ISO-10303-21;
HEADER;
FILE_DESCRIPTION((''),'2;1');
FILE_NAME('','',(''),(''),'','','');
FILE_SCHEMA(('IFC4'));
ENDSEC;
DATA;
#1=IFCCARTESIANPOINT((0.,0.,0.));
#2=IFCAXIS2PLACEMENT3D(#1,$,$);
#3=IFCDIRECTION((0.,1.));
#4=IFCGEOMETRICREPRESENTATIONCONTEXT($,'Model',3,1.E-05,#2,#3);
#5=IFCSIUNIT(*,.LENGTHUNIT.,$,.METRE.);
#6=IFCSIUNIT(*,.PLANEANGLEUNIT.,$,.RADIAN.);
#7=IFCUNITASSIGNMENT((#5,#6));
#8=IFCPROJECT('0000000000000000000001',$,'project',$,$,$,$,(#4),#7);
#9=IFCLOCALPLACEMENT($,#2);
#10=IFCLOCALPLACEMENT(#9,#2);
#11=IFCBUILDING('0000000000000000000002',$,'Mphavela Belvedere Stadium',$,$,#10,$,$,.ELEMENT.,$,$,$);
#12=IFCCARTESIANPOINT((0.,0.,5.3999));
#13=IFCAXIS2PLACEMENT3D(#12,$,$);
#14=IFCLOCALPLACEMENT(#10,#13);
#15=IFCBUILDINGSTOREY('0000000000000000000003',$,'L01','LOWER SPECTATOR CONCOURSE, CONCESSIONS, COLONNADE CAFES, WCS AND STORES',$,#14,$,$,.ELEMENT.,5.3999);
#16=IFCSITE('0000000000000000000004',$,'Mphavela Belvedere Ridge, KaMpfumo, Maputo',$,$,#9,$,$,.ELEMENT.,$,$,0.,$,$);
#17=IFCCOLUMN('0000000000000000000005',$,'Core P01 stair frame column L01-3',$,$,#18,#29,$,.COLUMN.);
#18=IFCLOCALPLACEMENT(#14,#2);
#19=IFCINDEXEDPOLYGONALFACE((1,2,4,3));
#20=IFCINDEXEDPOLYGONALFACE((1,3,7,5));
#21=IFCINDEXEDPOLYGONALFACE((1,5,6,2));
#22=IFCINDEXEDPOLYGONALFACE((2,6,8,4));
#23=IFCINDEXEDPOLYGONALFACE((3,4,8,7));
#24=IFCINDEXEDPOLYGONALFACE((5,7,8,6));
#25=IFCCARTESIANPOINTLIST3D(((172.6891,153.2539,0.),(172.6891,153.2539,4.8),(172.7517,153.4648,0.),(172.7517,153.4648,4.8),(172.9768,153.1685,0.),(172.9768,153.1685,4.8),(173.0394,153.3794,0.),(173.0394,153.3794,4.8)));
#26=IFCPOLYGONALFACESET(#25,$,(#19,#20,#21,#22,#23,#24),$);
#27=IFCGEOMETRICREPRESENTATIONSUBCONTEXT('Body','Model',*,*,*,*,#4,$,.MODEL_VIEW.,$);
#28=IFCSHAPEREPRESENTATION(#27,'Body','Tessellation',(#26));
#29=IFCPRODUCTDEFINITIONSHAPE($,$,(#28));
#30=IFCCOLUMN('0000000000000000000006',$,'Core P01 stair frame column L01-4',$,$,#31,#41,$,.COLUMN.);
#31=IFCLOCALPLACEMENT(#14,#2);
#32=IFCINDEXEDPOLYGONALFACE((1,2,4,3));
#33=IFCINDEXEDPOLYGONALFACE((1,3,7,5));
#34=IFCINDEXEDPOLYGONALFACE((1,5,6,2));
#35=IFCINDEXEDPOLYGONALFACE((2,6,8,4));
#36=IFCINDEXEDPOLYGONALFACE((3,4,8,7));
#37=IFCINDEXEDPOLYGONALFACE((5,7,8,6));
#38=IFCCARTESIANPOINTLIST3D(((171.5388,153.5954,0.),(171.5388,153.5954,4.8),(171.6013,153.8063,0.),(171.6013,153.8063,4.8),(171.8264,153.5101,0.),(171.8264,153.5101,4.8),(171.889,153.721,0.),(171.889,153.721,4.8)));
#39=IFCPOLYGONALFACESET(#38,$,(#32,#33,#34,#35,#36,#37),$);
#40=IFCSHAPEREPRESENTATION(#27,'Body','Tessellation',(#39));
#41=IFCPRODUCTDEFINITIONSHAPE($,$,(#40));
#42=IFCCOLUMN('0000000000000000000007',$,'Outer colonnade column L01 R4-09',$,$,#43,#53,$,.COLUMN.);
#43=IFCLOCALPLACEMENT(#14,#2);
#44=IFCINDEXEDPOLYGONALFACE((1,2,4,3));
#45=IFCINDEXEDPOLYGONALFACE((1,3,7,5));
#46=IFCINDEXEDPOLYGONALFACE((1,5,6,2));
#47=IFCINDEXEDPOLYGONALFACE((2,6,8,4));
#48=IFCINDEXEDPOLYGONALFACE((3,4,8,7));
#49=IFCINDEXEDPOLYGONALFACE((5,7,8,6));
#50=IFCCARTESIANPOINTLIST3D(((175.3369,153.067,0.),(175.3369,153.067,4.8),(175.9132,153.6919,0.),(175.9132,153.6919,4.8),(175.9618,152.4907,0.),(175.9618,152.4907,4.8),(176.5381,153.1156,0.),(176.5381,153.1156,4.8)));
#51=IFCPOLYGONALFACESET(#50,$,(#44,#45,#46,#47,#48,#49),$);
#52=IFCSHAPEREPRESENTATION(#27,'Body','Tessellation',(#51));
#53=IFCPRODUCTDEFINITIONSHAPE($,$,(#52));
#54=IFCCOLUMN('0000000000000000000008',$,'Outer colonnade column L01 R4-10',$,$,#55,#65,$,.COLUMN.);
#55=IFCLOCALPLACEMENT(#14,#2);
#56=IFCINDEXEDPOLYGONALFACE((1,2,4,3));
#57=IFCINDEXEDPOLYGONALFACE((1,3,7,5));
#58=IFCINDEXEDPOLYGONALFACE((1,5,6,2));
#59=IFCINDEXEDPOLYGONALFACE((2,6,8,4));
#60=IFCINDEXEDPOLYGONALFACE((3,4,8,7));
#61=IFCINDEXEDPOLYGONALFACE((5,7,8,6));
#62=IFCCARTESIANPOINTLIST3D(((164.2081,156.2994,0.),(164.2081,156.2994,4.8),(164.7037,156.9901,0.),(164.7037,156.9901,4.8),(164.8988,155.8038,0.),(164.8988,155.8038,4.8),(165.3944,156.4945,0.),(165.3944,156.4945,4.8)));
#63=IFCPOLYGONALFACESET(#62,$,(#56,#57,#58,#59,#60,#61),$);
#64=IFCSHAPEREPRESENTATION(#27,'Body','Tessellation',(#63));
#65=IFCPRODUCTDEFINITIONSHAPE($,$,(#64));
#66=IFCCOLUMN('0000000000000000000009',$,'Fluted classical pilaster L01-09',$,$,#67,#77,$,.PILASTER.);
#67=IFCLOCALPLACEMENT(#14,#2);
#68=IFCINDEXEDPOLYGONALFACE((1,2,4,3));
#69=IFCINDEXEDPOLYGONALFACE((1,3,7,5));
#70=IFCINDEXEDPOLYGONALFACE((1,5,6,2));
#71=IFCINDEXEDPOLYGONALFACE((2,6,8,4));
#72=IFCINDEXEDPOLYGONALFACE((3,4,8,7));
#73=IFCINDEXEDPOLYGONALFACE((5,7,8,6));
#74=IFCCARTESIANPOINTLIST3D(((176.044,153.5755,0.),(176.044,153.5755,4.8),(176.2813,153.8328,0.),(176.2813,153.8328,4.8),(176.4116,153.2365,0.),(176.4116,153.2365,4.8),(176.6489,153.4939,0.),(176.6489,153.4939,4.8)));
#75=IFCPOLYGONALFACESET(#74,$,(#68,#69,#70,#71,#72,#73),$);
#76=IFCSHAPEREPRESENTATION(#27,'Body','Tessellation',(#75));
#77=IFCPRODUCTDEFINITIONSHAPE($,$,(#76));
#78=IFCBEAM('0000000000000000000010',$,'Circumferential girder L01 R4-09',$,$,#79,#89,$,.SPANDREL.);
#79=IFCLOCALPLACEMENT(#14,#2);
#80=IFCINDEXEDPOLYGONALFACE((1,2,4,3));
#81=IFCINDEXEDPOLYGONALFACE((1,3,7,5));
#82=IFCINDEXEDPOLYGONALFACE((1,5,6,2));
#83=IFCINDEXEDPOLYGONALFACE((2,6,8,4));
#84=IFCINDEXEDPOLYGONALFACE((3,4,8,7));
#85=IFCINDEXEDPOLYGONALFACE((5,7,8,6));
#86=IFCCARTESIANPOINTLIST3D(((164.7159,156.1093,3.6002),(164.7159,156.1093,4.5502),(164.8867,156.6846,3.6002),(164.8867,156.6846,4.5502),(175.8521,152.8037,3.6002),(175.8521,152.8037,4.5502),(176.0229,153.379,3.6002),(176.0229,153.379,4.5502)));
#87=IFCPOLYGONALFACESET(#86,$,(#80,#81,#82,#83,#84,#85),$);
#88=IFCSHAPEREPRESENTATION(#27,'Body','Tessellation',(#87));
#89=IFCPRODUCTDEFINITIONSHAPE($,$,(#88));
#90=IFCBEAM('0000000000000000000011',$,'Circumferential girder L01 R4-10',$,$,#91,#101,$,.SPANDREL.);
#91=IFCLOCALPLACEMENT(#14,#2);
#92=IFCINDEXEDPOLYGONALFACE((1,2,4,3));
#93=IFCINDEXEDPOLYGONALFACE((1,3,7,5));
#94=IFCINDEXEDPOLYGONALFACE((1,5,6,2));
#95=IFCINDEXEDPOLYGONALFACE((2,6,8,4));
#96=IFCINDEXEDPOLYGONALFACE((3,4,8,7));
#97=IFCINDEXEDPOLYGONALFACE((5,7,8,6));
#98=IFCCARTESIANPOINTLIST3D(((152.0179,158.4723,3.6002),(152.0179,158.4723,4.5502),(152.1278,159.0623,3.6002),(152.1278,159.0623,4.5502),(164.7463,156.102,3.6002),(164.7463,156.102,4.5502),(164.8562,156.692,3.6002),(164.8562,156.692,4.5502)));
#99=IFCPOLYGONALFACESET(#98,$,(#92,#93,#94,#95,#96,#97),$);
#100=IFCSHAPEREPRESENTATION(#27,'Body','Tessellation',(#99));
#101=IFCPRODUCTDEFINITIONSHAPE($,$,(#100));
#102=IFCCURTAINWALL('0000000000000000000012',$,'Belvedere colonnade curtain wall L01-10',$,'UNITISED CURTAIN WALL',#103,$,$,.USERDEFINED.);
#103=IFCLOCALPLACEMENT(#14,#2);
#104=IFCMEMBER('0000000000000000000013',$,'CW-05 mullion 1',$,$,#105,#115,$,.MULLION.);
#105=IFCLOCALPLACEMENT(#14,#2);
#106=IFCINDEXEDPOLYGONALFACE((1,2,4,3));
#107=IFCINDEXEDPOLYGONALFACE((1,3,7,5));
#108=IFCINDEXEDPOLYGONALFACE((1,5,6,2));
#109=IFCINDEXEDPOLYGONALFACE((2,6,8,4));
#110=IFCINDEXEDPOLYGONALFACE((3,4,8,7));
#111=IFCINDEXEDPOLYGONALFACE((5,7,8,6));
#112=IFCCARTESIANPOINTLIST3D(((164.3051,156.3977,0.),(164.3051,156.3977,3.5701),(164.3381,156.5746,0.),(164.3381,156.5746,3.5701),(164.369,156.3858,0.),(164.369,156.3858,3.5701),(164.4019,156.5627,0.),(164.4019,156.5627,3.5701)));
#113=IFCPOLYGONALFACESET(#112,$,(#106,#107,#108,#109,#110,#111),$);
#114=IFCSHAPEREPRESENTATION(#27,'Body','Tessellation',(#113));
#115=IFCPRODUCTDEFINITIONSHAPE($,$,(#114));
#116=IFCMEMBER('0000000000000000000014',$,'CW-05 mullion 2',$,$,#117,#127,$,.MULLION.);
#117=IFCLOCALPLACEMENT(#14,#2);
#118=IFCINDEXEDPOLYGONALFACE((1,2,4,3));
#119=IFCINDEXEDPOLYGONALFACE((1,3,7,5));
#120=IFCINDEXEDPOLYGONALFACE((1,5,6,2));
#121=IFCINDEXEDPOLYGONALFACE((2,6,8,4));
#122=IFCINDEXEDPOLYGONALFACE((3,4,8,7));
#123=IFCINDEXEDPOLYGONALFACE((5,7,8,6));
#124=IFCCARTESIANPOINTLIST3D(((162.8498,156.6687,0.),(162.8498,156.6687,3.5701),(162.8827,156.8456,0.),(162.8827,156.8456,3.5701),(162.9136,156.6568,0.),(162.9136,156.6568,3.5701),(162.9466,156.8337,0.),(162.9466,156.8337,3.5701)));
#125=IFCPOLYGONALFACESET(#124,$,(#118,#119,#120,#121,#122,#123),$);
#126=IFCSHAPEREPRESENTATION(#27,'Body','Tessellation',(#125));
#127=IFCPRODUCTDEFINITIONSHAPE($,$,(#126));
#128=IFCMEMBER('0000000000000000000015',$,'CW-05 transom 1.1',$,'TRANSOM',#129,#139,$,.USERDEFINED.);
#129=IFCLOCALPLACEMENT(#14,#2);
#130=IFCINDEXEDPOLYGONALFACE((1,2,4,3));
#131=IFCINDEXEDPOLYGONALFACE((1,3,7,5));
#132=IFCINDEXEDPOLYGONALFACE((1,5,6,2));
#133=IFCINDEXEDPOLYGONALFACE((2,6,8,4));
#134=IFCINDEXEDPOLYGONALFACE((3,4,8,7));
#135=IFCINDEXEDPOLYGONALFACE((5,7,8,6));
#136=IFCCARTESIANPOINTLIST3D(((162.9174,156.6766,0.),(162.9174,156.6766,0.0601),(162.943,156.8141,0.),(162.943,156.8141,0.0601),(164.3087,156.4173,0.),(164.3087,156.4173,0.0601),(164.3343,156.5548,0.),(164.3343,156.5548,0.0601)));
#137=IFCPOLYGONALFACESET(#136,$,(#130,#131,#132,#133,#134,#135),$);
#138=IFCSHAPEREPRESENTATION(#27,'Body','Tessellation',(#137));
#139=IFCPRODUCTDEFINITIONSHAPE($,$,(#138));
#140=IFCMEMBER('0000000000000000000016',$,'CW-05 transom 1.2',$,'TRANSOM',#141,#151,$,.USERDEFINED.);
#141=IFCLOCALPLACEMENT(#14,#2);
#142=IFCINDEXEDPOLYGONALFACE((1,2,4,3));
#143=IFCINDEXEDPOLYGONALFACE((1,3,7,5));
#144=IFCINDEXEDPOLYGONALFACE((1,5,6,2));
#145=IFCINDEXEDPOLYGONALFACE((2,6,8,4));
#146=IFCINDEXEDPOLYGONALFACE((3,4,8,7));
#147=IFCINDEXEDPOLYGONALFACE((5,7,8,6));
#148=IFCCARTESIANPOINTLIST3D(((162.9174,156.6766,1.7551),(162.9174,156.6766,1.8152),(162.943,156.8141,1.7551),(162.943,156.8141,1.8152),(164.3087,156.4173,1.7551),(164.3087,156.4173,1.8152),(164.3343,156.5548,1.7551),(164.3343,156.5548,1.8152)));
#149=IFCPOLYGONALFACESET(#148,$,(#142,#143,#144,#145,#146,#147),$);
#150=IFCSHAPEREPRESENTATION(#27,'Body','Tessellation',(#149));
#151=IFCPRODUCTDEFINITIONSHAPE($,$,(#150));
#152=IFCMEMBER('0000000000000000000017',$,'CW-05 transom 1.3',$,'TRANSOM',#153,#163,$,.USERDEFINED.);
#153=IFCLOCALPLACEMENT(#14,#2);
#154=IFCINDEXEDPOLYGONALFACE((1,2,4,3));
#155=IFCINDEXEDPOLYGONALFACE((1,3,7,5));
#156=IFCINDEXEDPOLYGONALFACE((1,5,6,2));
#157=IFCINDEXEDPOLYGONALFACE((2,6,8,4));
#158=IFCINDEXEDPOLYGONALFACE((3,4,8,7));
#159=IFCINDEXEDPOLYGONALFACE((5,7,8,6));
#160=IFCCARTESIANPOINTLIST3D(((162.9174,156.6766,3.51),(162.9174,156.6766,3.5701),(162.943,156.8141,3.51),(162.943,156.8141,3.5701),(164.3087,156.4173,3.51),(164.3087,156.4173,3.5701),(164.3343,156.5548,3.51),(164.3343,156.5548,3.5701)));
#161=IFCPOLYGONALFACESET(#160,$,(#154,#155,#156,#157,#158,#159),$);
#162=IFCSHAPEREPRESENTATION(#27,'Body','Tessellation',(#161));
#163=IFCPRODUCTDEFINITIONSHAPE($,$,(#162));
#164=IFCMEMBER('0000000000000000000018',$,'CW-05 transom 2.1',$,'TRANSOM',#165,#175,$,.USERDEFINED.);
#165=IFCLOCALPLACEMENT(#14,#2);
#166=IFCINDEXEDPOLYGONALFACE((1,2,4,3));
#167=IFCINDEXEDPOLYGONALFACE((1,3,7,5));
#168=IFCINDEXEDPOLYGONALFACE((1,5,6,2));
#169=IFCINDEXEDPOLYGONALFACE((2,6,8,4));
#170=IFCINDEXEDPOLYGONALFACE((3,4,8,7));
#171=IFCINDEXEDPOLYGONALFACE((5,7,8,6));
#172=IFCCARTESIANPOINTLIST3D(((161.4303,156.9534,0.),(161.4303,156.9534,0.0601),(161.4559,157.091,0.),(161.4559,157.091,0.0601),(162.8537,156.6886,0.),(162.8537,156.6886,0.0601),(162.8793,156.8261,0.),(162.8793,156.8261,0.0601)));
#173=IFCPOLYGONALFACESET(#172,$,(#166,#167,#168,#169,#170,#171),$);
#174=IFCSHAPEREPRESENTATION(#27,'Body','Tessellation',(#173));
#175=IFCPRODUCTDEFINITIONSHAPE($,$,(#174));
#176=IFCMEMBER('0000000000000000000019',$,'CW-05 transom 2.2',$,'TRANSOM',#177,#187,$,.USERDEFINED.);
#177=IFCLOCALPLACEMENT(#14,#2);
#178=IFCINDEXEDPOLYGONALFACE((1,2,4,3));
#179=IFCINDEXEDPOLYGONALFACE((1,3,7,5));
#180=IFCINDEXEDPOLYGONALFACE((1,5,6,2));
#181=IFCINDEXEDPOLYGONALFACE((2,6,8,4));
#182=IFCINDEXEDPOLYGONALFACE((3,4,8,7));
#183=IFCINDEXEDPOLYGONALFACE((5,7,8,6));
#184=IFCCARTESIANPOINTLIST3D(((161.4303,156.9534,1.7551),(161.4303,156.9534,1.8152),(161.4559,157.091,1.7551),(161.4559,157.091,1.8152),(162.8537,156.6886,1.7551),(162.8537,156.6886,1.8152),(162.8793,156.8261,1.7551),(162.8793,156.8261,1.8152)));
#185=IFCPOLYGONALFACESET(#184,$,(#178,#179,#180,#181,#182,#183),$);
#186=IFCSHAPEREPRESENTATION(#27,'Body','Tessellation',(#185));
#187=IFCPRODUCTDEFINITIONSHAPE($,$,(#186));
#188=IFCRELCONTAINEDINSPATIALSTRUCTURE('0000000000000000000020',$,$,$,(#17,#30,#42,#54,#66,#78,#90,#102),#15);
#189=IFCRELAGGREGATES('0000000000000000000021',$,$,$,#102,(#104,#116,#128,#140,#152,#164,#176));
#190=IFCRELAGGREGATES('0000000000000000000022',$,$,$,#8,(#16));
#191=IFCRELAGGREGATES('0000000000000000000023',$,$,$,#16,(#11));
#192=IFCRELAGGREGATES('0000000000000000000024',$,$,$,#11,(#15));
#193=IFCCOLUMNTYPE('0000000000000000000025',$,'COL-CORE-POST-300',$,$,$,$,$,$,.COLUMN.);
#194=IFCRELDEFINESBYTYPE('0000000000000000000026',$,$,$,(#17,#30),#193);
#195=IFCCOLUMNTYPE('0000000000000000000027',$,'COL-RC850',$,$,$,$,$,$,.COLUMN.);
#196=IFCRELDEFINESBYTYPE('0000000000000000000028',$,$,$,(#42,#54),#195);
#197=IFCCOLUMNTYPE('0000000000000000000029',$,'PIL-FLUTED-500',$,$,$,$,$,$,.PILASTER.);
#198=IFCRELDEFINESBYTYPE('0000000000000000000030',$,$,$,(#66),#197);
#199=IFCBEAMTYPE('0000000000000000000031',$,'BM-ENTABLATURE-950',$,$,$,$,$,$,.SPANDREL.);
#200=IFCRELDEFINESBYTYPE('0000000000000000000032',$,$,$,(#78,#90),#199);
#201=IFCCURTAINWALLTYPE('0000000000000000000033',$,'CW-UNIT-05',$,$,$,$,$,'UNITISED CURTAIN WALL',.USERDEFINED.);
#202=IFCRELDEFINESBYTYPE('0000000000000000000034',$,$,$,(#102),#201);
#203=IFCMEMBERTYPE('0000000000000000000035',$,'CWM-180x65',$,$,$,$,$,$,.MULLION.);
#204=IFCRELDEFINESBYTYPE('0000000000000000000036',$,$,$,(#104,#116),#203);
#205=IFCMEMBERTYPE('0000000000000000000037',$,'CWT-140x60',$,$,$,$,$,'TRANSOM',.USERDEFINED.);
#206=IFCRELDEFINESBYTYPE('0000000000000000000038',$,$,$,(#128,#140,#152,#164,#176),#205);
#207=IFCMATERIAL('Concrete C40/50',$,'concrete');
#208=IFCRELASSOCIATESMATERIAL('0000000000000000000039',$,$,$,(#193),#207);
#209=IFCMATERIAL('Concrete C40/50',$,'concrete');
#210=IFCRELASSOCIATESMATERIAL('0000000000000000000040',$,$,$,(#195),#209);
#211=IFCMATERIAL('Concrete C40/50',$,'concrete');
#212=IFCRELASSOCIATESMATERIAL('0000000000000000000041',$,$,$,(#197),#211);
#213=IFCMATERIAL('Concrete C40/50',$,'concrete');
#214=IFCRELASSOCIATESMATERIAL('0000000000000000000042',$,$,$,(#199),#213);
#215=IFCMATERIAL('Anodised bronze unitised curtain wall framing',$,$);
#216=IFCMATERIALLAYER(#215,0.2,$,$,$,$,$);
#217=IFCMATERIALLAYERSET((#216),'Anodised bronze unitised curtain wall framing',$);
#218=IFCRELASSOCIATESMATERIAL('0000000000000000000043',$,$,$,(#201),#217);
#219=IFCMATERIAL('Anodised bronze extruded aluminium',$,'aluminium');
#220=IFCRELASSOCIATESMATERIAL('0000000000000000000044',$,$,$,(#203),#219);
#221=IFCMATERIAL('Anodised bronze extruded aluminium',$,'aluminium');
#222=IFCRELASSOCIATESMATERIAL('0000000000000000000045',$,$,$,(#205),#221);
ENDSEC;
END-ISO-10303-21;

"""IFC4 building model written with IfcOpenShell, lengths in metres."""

from ifc_helpers import new_model, si_unit, direction, frame, origin, origin_2d, place, context, subcontext, project, spatial, rectangle, extrude, material, layer, layer_set, material_profile, profile_set, type_object, element, aggregate, save


model = new_model("IFC4")

# Units and contexts
model_context = context("Model", 3, precision=1e-05, world=origin(), true_north=direction((0.0, 1.0)))
body_context = subcontext(model_context, "Body", "Model", "MODEL_VIEW")
ifc_project = project(units=[si_unit("LENGTHUNIT", "METRE"), si_unit("PLANEANGLEUNIT", "RADIAN")], contexts=[model_context])

# Site, building, storey
site_placement = place(None, origin())
site = spatial("IfcSite", under=ifc_project, at=site_placement, Name="Mphavela Belvedere Ridge, KaMpfumo, Maputo", CompositionType="ELEMENT", RefElevation=0.0)
building_placement = place(site_placement, origin())
building = spatial("IfcBuilding", under=site, at=building_placement, Name="Mphavela Belvedere Stadium", CompositionType="ELEMENT")
storey_placement = place(building_placement, frame((0.0, 0.0, 5.3999)))
storey = spatial("IfcBuildingStorey", under=building, at=storey_placement, Name="L01", Description="LOWER SPECTATOR CONCOURSE, CONCESSIONS, COLONNADE CAFES, WCS AND STORES", CompositionType="ELEMENT", Elevation=5.3999)

# Columns
ifc_material_1 = material(Name="Concrete C40/50", Category="concrete")
ifc_material_profile_1 = material_profile(ifc_material_1, rectangle(XDim=0.3, YDim=0.22, at=origin_2d()), Name="RC 300x220")
ifc_profile_set_1 = profile_set([ifc_material_profile_1], Name="Concrete C40/50")
column_type_1 = type_object("IfcColumnType", Name="COL-CORE-POST-300", PredefinedType="COLUMN", material=ifc_profile_set_1)
for number, where, z_axis, x_axis, name in (
    (1, (172.8643, 153.3167, 0.0), (0.0, 0.0, 1.0), (0.958671, -0.284517, 0.0), "Core P01 stair frame column L01-3"),
    (2, (171.7139, 153.6582, 0.0), (0.0, 0.0, 1.0), (0.958671, -0.284517, 0.0), "Core P01 stair frame column L01-4"),
):
    element("IfcColumn", number, at=place(storey_placement, frame(where, z_axis=z_axis, x_axis=x_axis)), inside=storey, type_object=column_type_1, Name=name, PredefinedType="COLUMN", context=body_context, shape_type="SweptSolid", body=[
        extrude(rectangle(XDim=0.3, YDim=0.22, at=origin_2d()), origin(), (0.0, 0.0, 1.0), 4.8),
    ])
ifc_material_2 = material(Name="Concrete C40/50", Category="concrete")
ifc_material_profile_2 = material_profile(ifc_material_2, rectangle(XDim=0.8501, YDim=0.8501, at=origin_2d()), Name="RC 850x850")
ifc_profile_set_2 = profile_set([ifc_material_profile_2], Name="Concrete C40/50")
column_type_2 = type_object("IfcColumnType", Name="COL-RC850", PredefinedType="COLUMN", material=ifc_profile_set_2)
for number, where, z_axis, x_axis, name in (
    (3, (175.9375, 153.0913, 0.0), (0.0, 0.0, 1.0), (0.677903, 0.735151, 0.0), "Outer colonnade column L01 R4-09"),
    (4, (164.8013, 156.397, 0.0), (0.0, 0.0, 1.0), (0.582974, 0.812491, 0.0), "Outer colonnade column L01 R4-10"),
):
    element("IfcColumn", number, at=place(storey_placement, frame(where, z_axis=z_axis, x_axis=x_axis)), inside=storey, type_object=column_type_2, Name=name, PredefinedType="COLUMN", context=body_context, shape_type="SweptSolid", body=[
        extrude(rectangle(XDim=0.8501, YDim=0.8501, at=origin_2d()), origin(), (0.0, 0.0, 1.0), 4.8),
    ])
ifc_material_3 = material(Name="Concrete C40/50", Category="concrete")
ifc_material_profile_3 = material_profile(ifc_material_3, rectangle(XDim=0.5, YDim=0.3501, at=origin_2d()), Name="PIL 500x350")
ifc_profile_set_3 = profile_set([ifc_material_profile_3], Name="Concrete C40/50")
column_type_3 = type_object("IfcColumnType", Name="PIL-FLUTED-500", PredefinedType="PILASTER", material=ifc_profile_set_3)
column_placement = place(storey_placement, frame((176.3464, 153.5347, 0.0), z_axis=(0.0, 0.0, 1.0), x_axis=(-0.735151, 0.677903, 0.0)))
element("IfcColumn", 5, at=column_placement, inside=storey, type_object=column_type_3, Name="Fluted classical pilaster L01-09", PredefinedType="PILASTER", context=body_context, shape_type="SweptSolid", body=[
    extrude(rectangle(XDim=0.5, YDim=0.3501, at=origin_2d()), origin(), (0.0, 0.0, 1.0), 4.8),
])

# Beams
ifc_material_4 = material(Name="Concrete C40/50", Category="concrete")
ifc_material_profile_4 = material_profile(ifc_material_4, rectangle(XDim=0.6001, YDim=0.95, at=origin_2d()), Name="RC 600x950")
ifc_profile_set_4 = profile_set([ifc_material_profile_4], Name="Concrete C40/50")
beam_type = type_object("IfcBeamType", Name="BM-ENTABLATURE-950", PredefinedType="SPANDREL", material=ifc_profile_set_4)
beam_1_placement = place(storey_placement, frame((175.9375, 153.0913, 4.0752), z_axis=(-0.958656, 0.284566, 0.0), x_axis=(-0.284566, -0.958656, 0.0)))
element("IfcBeam", 6, at=beam_1_placement, inside=storey, type_object=beam_type, Name="Circumferential girder L01 R4-09", PredefinedType="SPANDREL", context=body_context, shape_type="SweptSolid", body=[
    extrude(rectangle(XDim=0.6001, YDim=0.95, at=origin_2d()), origin(), (0.0, 0.0, 1.0), 11.6165),
])
beam_2_placement = place(storey_placement, frame((164.8013, 156.397, 4.0752), z_axis=(-0.983099, 0.183077, 0.0), x_axis=(-0.183077, -0.983099, 0.0)))
element("IfcBeam", 7, at=beam_2_placement, inside=storey, type_object=beam_type, Name="Circumferential girder L01 R4-10", PredefinedType="SPANDREL", context=body_context, shape_type="SweptSolid", body=[
    extrude(rectangle(XDim=0.6001, YDim=0.95, at=origin_2d()), origin(), (0.0, 0.0, 1.0), 12.9473),
])

# Curtain wall, members
ifc_material_5 = material(Name="Anodised bronze unitised curtain wall framing")
ifc_layer_1 = layer(ifc_material_5, 0.2)
ifc_layer_set_1 = layer_set([ifc_layer_1], Name="Anodised bronze unitised curtain wall framing")
curtain_wall_type = type_object("IfcCurtainWallType", Name="CW-UNIT-05", ElementType="UNITISED CURTAIN WALL", PredefinedType="USERDEFINED", material=ifc_layer_set_1)
curtain_wall_placement = place(storey_placement, origin())
curtain_wall = element("IfcCurtainWall", 8, at=curtain_wall_placement, inside=storey, type_object=curtain_wall_type, Name="Belvedere colonnade curtain wall L01-10", ObjectType="UNITISED CURTAIN WALL", PredefinedType="USERDEFINED")
ifc_material_6 = material(Name="Anodised bronze extruded aluminium", Category="aluminium")
ifc_material_profile_5 = material_profile(ifc_material_6, rectangle(XDim=0.1799, YDim=0.0649, at=origin_2d()), Name="CW-MUL 180x65")
ifc_profile_set_5 = profile_set([ifc_material_profile_5], Name="Anodised bronze extruded aluminium")
member_type_1 = type_object("IfcMemberType", Name="CWM-180x65", PredefinedType="MULLION", material=ifc_profile_set_5)
member_1_placement = place(storey_placement, frame((164.3535, 156.4802, 0.0), z_axis=(0.0, 0.0, 1.0), x_axis=(-0.183095, -0.983095, 0.0)))
member_1 = element("IfcMember", 9, at=member_1_placement, type_object=member_type_1, Name="CW-05 mullion 1", PredefinedType="MULLION", context=body_context, shape_type="SweptSolid", body=[
    extrude(rectangle(XDim=0.1799, YDim=0.0649, at=origin_2d()), origin(), (0.0, 0.0, 1.0), 3.5701),
])
member_2_placement = place(storey_placement, frame((162.8982, 156.7512, 0.0), z_axis=(0.0, 0.0, 1.0), x_axis=(-0.183095, -0.983095, 0.0)))
member_2 = element("IfcMember", 10, at=member_2_placement, type_object=member_type_1, Name="CW-05 mullion 2", PredefinedType="MULLION", context=body_context, shape_type="SweptSolid", body=[
    extrude(rectangle(XDim=0.1799, YDim=0.0649, at=origin_2d()), origin(), (0.0, 0.0, 1.0), 3.5701),
])
ifc_material_7 = material(Name="Anodised bronze extruded aluminium", Category="aluminium")
ifc_material_profile_6 = material_profile(ifc_material_7, rectangle(XDim=0.1399, YDim=0.0601, at=origin_2d()), Name="CW-TRN 140x60")
ifc_profile_set_6 = profile_set([ifc_material_profile_6], Name="Anodised bronze extruded aluminium")
member_type_2 = type_object("IfcMemberType", Name="CWT-140x60", ElementType="TRANSOM", PredefinedType="USERDEFINED", material=ifc_profile_set_6)
member_3_placement = place(storey_placement, frame((164.3215, 156.4861, 0.03), z_axis=(-0.983077, 0.183195, 0.0), x_axis=(-0.183195, -0.983077, 0.0)))
member_3 = element("IfcMember", 11, at=member_3_placement, type_object=member_type_2, Name="CW-05 transom 1.1", ObjectType="TRANSOM", PredefinedType="USERDEFINED", context=body_context, shape_type="SweptSolid", body=[
    extrude(rectangle(XDim=0.1399, YDim=0.0601, at=origin_2d()), origin(), (0.0, 0.0, 1.0), 1.4153),
])
member_4_placement = place(storey_placement, frame((164.3215, 156.4861, 1.7852), z_axis=(-0.983077, 0.183195, 0.0), x_axis=(-0.183195, -0.983077, 0.0)))
member_4 = element("IfcMember", 12, at=member_4_placement, type_object=member_type_2, Name="CW-05 transom 1.2", ObjectType="TRANSOM", PredefinedType="USERDEFINED", context=body_context, shape_type="SweptSolid", body=[
    extrude(rectangle(XDim=0.1399, YDim=0.0601, at=origin_2d()), origin(), (0.0, 0.0, 1.0), 1.4153),
])
member_5_placement = place(storey_placement, frame((164.3215, 156.4861, 3.54), z_axis=(-0.983077, 0.183195, 0.0), x_axis=(-0.183195, -0.983077, 0.0)))
member_5 = element("IfcMember", 13, at=member_5_placement, type_object=member_type_2, Name="CW-05 transom 1.3", ObjectType="TRANSOM", PredefinedType="USERDEFINED", context=body_context, shape_type="SweptSolid", body=[
    extrude(rectangle(XDim=0.1399, YDim=0.0601, at=origin_2d()), origin(), (0.0, 0.0, 1.0), 1.4153),
])
member_6_placement = place(storey_placement, frame((162.8665, 156.7573, 0.03), z_axis=(-0.983119, 0.182965, 0.0), x_axis=(-0.182965, -0.983119, 0.0)))
member_6 = element("IfcMember", 14, at=member_6_placement, type_object=member_type_2, Name="CW-05 transom 2.1", ObjectType="TRANSOM", PredefinedType="USERDEFINED", context=body_context, shape_type="SweptSolid", body=[
    extrude(rectangle(XDim=0.1399, YDim=0.0601, at=origin_2d()), origin(), (0.0, 0.0, 1.0), 1.4478),
])
member_7_placement = place(storey_placement, frame((162.8665, 156.7573, 1.7852), z_axis=(-0.983119, 0.182965, 0.0), x_axis=(-0.182965, -0.983119, 0.0)))
member_7 = element("IfcMember", 15, at=member_7_placement, type_object=member_type_2, Name="CW-05 transom 2.2", ObjectType="TRANSOM", PredefinedType="USERDEFINED", context=body_context, shape_type="SweptSolid", body=[
    extrude(rectangle(XDim=0.1399, YDim=0.0601, at=origin_2d()), origin(), (0.0, 0.0, 1.0), 1.4478),
])
aggregate(curtain_wall, [member_1, member_2, member_3, member_4, member_5, member_6, member_7])

save(model, "model.ifc")
